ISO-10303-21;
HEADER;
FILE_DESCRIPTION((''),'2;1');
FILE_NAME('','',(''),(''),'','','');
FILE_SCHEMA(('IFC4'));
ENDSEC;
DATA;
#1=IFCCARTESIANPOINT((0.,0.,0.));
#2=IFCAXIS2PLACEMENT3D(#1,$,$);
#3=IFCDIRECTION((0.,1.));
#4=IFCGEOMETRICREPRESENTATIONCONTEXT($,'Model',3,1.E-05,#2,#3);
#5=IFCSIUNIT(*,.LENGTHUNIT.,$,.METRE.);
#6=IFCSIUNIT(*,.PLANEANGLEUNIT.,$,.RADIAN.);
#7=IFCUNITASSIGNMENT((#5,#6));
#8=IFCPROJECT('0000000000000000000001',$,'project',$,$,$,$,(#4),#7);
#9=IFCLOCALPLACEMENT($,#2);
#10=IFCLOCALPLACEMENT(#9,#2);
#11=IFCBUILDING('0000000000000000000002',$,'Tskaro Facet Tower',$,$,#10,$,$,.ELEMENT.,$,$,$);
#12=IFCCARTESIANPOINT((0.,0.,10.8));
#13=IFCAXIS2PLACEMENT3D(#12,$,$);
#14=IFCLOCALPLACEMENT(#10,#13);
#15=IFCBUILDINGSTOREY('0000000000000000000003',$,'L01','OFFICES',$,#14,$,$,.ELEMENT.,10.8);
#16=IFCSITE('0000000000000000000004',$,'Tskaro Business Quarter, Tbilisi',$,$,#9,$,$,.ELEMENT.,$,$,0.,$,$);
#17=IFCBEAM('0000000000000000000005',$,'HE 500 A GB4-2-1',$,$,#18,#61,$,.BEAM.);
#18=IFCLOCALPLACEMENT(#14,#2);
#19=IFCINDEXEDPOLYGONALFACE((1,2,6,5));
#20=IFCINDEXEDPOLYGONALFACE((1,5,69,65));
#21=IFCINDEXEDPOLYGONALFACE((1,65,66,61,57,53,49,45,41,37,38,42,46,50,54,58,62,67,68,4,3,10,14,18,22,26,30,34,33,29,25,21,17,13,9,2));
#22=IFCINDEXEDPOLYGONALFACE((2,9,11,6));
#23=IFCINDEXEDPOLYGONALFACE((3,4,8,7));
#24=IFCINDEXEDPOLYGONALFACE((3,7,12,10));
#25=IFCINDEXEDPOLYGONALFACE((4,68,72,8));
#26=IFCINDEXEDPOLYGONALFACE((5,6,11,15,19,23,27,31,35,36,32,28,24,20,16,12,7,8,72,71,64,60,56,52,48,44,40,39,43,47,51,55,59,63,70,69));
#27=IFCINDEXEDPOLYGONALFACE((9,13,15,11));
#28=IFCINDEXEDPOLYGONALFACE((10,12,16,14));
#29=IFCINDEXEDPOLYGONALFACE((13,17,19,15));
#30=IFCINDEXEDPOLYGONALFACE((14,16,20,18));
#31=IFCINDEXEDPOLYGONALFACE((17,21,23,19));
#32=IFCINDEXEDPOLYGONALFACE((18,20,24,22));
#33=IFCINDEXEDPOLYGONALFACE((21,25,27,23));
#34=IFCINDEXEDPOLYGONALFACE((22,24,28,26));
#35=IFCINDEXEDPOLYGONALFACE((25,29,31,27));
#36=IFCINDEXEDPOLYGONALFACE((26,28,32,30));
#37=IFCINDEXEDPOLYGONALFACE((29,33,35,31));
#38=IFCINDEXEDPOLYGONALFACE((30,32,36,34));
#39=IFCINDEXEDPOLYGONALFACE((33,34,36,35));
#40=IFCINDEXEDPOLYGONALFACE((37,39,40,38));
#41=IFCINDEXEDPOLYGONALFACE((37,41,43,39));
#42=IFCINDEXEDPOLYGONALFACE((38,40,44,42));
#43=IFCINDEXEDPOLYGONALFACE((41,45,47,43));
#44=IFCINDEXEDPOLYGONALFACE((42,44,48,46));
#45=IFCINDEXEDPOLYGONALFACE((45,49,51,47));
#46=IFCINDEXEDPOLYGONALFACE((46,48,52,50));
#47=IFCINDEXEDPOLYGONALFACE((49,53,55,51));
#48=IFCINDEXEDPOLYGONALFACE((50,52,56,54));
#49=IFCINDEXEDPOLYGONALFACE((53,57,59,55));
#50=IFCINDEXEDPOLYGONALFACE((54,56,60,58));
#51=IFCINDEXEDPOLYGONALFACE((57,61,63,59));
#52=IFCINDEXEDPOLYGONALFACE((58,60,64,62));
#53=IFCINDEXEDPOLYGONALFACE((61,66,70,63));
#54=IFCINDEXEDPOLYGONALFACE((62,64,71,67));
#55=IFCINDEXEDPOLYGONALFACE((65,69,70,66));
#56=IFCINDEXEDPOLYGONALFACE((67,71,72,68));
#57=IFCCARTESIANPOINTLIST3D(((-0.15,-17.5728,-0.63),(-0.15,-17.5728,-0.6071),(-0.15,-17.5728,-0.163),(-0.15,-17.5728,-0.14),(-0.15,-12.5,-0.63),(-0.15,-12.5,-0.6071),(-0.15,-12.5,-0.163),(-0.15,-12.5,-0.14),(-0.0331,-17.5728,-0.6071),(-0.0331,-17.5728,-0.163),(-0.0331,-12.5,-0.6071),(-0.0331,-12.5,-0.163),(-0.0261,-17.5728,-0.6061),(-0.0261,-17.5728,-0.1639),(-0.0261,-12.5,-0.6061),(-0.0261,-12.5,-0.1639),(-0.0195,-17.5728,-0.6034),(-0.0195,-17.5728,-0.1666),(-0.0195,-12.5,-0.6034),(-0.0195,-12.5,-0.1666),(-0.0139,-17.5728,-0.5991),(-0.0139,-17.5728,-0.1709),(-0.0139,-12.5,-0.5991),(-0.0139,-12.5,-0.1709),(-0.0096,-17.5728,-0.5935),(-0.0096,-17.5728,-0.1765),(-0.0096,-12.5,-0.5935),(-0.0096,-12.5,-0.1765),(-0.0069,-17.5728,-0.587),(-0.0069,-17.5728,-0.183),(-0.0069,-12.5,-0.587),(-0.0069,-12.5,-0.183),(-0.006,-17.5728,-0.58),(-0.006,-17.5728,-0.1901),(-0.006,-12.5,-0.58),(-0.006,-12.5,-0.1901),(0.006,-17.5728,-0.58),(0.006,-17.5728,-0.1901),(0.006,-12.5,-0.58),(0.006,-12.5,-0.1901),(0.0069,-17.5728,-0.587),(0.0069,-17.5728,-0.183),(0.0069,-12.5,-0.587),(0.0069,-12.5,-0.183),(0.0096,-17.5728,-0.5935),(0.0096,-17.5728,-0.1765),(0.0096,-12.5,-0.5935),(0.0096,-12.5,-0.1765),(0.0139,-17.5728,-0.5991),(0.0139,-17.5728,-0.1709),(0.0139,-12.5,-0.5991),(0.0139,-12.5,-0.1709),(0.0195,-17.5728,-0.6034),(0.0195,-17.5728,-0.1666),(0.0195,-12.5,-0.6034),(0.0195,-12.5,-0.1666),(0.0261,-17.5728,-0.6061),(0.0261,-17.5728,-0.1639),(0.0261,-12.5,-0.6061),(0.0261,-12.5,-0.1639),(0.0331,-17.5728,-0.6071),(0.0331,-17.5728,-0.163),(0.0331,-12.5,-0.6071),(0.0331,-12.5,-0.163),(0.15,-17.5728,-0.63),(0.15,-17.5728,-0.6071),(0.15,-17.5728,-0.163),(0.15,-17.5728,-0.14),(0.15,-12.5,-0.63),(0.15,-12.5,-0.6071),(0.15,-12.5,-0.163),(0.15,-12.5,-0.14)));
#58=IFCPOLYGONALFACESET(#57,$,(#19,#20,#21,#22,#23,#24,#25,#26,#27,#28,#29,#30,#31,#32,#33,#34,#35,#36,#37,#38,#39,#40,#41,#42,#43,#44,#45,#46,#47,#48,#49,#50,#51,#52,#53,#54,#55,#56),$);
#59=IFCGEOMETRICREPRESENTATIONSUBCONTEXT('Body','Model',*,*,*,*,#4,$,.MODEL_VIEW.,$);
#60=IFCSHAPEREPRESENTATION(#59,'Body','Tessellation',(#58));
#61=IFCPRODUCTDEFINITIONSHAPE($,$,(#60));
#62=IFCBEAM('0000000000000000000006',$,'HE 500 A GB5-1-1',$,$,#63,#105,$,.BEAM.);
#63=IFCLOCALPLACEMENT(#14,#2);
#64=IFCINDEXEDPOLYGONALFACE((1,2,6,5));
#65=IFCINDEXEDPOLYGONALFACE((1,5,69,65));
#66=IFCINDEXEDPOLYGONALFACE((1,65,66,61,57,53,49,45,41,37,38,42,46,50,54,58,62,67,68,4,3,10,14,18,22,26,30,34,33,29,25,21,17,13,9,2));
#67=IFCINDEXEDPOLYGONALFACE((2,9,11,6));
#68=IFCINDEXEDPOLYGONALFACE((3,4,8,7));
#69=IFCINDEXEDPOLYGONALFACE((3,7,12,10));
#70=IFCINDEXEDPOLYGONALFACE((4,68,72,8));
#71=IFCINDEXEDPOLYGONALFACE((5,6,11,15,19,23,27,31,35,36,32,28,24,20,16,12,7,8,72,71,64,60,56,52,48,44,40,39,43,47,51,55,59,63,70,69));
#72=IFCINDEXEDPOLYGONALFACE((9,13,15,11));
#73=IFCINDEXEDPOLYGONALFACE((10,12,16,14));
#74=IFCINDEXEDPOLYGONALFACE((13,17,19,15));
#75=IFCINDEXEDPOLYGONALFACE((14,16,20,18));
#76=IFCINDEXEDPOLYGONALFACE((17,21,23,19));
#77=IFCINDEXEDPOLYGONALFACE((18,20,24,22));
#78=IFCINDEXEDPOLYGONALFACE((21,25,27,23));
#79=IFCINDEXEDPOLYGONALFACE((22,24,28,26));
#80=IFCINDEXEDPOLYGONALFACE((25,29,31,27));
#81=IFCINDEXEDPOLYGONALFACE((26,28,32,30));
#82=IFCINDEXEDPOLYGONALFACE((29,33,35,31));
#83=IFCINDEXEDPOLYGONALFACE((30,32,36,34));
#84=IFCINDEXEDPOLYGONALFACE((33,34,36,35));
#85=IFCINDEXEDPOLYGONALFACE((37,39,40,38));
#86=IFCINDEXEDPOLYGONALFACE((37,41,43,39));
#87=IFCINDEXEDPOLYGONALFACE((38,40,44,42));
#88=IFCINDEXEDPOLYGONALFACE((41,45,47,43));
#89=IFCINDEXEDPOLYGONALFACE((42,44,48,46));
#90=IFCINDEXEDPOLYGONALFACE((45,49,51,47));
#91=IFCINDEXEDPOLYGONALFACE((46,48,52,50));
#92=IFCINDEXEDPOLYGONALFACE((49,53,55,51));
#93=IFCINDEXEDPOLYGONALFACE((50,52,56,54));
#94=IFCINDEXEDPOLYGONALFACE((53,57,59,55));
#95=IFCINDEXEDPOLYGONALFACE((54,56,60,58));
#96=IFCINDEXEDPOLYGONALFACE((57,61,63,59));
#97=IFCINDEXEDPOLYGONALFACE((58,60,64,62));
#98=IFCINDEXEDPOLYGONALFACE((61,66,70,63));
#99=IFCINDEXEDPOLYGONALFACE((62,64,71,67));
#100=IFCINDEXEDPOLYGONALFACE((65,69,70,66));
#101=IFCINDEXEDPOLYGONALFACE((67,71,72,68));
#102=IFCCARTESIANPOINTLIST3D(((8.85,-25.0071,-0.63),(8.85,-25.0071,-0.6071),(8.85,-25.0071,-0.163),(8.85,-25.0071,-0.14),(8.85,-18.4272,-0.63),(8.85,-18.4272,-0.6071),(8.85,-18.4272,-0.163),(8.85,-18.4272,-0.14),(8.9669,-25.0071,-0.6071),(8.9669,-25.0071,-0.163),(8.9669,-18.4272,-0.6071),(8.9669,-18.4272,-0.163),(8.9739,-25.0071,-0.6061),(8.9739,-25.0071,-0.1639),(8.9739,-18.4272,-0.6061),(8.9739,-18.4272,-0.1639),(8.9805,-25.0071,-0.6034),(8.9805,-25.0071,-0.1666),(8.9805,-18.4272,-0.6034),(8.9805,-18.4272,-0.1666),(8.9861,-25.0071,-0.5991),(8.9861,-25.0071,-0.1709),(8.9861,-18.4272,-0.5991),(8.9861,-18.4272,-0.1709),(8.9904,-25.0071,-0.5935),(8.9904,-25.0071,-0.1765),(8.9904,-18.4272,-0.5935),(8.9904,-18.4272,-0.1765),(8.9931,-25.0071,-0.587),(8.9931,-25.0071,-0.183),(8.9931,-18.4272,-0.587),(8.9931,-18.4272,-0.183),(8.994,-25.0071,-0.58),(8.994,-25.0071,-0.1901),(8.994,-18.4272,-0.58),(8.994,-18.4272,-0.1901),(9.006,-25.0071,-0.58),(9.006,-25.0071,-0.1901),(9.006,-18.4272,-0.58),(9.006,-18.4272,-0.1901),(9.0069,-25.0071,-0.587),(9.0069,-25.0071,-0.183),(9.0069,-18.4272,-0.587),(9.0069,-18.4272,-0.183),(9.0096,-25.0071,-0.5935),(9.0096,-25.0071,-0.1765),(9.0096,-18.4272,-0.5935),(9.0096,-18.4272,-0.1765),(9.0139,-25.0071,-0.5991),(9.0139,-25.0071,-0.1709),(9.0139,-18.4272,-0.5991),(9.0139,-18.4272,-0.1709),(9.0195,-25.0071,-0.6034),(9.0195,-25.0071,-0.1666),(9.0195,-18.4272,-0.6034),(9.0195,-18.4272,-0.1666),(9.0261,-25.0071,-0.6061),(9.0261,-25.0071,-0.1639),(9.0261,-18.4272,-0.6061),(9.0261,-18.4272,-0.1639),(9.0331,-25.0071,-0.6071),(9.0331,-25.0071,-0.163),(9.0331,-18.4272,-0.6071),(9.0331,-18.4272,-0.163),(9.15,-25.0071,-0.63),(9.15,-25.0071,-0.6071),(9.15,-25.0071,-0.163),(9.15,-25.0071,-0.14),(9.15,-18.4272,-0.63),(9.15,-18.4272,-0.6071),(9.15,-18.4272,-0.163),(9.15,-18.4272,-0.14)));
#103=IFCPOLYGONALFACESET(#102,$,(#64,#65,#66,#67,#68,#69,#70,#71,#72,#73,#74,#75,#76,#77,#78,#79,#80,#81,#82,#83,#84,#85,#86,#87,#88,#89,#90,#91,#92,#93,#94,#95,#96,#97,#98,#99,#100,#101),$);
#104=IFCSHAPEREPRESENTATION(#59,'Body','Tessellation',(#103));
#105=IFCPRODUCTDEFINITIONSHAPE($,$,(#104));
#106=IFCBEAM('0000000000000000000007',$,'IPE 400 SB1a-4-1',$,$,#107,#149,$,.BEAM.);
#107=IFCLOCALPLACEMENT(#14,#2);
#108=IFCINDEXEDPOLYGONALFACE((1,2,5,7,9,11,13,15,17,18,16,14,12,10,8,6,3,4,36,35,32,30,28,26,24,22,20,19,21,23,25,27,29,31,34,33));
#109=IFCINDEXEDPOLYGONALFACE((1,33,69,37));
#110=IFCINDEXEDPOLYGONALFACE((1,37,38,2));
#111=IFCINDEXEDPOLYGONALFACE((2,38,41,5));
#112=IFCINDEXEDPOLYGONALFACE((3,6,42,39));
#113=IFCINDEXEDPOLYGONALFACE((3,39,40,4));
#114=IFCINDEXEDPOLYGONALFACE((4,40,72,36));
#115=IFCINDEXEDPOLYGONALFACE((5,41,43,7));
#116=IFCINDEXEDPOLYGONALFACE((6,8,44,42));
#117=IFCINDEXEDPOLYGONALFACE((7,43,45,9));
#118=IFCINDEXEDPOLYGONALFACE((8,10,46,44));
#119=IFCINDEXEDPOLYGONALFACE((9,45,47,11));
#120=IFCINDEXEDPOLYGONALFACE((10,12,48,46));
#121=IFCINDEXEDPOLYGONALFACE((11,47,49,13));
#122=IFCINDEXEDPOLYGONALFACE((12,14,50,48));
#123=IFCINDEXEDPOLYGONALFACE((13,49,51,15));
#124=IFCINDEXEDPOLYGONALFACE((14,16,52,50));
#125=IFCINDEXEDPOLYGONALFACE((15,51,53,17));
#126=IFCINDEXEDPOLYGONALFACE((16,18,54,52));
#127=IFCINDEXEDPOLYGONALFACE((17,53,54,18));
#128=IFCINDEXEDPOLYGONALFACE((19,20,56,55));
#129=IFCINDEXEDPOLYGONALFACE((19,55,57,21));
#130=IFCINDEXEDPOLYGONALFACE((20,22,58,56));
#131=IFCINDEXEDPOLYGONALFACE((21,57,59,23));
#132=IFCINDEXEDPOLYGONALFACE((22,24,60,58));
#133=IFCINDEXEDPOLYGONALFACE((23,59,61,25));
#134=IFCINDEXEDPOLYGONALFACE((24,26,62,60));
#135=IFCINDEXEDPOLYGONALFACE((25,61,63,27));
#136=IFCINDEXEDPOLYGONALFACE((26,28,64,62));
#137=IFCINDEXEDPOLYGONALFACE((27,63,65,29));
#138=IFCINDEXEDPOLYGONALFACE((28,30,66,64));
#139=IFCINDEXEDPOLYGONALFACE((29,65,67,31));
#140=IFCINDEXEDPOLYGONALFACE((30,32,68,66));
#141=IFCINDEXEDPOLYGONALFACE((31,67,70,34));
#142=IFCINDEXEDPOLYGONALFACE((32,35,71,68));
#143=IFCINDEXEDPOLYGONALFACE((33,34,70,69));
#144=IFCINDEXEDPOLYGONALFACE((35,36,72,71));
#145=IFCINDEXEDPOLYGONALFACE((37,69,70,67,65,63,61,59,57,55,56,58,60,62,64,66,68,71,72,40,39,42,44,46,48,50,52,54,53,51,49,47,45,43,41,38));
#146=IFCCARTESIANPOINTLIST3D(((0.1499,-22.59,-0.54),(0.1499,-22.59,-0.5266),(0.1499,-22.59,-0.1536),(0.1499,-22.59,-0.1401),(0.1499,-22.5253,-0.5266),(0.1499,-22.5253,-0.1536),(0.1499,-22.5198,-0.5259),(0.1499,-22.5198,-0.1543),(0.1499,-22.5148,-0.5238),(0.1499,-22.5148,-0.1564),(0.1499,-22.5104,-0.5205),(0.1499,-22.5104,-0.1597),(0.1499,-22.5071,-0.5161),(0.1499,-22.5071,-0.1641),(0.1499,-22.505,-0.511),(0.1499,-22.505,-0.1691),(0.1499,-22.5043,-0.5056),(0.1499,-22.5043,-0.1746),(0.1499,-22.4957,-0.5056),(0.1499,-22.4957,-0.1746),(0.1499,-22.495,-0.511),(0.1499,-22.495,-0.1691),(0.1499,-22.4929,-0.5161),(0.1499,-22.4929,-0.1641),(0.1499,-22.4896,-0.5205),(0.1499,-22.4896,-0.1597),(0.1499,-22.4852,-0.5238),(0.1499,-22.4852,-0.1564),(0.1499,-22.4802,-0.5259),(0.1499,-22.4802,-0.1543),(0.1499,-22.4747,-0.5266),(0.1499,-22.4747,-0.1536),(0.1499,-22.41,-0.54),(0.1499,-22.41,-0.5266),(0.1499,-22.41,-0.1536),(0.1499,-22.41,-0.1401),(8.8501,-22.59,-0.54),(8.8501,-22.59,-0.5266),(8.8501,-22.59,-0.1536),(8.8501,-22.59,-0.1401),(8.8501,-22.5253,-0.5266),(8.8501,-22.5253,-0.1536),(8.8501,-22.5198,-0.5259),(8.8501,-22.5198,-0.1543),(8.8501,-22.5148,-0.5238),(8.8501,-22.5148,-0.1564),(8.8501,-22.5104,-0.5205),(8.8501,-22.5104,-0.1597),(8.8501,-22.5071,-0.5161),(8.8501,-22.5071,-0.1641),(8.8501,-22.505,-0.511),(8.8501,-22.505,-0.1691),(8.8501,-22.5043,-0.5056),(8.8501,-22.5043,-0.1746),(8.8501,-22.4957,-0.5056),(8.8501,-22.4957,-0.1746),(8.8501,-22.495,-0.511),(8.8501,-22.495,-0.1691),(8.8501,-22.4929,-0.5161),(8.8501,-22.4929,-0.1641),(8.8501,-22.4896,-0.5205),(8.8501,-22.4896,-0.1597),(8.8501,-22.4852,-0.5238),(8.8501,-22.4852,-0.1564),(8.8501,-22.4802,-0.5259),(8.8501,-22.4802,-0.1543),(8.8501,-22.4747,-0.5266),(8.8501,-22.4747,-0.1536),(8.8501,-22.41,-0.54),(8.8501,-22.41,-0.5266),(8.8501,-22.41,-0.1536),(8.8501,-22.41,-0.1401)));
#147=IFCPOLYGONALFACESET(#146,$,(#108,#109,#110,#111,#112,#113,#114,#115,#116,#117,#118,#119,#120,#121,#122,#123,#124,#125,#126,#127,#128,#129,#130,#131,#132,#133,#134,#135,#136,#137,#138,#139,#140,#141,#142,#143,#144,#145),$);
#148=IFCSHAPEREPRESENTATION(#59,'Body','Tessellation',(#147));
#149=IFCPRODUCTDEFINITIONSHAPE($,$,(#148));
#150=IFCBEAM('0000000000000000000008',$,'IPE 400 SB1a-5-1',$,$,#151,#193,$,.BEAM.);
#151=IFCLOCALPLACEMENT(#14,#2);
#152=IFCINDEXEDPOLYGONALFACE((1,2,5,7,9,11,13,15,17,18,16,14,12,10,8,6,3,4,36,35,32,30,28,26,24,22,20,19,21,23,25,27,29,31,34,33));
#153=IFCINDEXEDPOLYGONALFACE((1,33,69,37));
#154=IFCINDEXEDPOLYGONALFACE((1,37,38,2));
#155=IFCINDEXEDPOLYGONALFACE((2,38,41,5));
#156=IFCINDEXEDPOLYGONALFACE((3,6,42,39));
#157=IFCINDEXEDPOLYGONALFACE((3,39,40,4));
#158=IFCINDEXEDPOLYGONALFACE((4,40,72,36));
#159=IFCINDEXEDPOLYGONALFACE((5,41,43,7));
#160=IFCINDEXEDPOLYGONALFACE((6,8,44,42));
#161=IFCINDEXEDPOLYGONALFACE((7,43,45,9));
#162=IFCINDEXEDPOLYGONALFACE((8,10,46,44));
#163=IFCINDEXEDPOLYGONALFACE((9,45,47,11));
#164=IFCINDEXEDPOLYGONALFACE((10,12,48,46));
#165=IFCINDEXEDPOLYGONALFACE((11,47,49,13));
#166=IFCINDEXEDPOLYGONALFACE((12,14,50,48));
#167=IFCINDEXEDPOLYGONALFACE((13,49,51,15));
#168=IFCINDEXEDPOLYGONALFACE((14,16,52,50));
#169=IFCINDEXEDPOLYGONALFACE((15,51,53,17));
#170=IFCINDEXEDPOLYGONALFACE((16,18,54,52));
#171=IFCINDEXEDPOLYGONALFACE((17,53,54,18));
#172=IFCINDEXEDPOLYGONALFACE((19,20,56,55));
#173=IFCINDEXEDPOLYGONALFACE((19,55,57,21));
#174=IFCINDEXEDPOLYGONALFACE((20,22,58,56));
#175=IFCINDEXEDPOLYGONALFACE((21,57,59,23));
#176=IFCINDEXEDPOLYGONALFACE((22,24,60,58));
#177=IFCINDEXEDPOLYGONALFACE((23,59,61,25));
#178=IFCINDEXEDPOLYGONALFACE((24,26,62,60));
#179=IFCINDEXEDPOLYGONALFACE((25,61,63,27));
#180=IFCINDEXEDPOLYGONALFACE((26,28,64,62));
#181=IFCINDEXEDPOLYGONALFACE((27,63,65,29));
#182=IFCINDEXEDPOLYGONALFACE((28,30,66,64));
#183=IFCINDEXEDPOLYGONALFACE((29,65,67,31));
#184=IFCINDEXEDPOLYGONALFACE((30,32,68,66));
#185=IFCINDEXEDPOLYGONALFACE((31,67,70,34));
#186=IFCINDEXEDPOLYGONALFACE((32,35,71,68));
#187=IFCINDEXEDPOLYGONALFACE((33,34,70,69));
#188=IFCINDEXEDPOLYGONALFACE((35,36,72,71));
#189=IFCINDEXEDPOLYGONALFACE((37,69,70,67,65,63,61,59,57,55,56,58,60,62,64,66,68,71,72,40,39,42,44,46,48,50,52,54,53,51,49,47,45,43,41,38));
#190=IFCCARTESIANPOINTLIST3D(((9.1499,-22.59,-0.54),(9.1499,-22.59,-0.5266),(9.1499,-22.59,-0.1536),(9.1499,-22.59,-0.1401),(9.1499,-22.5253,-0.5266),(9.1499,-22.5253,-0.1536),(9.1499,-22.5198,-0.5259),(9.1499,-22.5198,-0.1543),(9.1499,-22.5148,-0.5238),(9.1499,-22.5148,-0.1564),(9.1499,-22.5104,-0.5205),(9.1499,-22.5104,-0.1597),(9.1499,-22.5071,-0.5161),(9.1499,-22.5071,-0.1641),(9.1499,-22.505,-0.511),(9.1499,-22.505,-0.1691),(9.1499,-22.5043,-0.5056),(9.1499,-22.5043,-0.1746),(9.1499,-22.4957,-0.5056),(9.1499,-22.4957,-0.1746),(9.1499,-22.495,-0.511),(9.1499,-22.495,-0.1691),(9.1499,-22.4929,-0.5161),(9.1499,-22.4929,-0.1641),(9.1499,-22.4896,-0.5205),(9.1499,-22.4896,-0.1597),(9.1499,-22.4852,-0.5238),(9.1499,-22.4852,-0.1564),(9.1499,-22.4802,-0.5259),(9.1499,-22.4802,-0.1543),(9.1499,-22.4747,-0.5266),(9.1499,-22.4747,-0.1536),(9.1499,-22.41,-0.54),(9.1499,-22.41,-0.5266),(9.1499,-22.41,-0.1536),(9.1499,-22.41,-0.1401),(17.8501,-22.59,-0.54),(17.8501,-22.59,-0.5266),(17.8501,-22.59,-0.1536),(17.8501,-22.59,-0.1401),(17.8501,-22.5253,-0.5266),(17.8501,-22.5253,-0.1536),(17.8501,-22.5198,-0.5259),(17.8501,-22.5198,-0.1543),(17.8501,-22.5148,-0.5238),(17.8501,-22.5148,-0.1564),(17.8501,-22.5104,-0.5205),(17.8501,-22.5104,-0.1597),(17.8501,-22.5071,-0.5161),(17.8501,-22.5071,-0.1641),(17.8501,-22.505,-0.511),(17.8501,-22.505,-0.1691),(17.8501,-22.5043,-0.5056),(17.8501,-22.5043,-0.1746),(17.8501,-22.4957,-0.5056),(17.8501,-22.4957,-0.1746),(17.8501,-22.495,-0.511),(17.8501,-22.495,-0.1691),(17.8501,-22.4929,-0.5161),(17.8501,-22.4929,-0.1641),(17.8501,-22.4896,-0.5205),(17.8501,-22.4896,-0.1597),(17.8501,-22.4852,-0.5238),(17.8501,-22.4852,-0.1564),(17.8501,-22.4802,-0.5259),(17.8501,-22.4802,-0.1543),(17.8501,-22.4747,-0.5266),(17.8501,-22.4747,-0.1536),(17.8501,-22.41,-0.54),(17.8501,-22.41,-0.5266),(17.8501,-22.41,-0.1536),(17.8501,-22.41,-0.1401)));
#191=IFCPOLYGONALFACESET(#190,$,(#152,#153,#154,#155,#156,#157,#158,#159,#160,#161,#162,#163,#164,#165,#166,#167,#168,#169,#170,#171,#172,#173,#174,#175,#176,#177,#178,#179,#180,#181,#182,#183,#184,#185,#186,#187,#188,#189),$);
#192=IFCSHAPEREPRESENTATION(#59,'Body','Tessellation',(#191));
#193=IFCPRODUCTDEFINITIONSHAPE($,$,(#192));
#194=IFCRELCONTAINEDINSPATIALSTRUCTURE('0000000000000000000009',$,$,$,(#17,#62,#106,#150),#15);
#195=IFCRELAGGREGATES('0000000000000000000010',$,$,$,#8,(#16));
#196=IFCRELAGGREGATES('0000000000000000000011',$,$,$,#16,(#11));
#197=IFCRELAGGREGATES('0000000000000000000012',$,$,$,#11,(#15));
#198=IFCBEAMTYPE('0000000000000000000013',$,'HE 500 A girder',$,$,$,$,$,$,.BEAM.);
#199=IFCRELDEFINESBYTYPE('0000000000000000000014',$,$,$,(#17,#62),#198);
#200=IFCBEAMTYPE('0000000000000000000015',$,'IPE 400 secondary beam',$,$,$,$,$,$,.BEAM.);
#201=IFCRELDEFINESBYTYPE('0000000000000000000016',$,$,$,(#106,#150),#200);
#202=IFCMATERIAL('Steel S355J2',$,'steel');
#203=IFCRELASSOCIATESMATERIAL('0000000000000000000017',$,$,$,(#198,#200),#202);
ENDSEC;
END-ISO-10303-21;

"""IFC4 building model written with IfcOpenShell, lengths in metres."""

from ifc_helpers import new_model, si_unit, direction, frame, origin, origin_2d, place, context, subcontext, project, spatial, i_section, extrude, material, material_profile, profile_set, type_object, element, save


model = new_model("IFC4")

# Units and contexts
model_context = context("Model", 3, precision=1e-05, world=origin(), true_north=direction((0.0, 1.0)))
body_context = subcontext(model_context, "Body", "Model", "MODEL_VIEW")
ifc_project = project(units=[si_unit("LENGTHUNIT", "METRE"), si_unit("PLANEANGLEUNIT", "RADIAN")], contexts=[model_context])

# Site, building, storey
site_placement = place(None, origin())
site = spatial("IfcSite", under=ifc_project, at=site_placement, Name="Tskaro Business Quarter, Tbilisi", CompositionType="ELEMENT", RefElevation=0.0)
building_placement = place(site_placement, origin())
building = spatial("IfcBuilding", under=site, at=building_placement, Name="Tskaro Facet Tower", CompositionType="ELEMENT")
storey_placement = place(building_placement, frame((0.0, 0.0, 10.8)))
storey = spatial("IfcBuildingStorey", under=building, at=storey_placement, Name="L01", Description="OFFICES", CompositionType="ELEMENT", Elevation=10.8)

# Beams
ifc_material_1 = material(Name="Steel S355J2", Category="steel")
ifc_material_profile_1 = material_profile(ifc_material_1, i_section(OverallWidth=0.3, OverallDepth=0.49, WebThickness=0.012, FlangeThickness=0.0229, FilletRadius=0.0271, at=origin_2d()), Name="HE 500 A")
ifc_profile_set_1 = profile_set([ifc_material_profile_1], Name="Steel S355J2")
beam_type_1 = type_object("IfcBeamType", Name="HE 500 A girder", PredefinedType="BEAM", material=ifc_profile_set_1)
beam_1_placement = place(storey_placement, frame((0.0, -17.5728, -0.385), z_axis=(0.0, 1.0, 0.0), x_axis=(-1.0, 0.0, 0.0)))
element("IfcBeam", 1, at=beam_1_placement, inside=storey, type_object=beam_type_1, Name="HE 500 A GB4-2-1", PredefinedType="BEAM", context=body_context, shape_type="SweptSolid", body=[
    extrude(i_section(OverallWidth=0.3, OverallDepth=0.49, WebThickness=0.012, FlangeThickness=0.0229, FilletRadius=0.0271, at=origin_2d()), origin(), (0.0, 0.0, 1.0), 5.0728),
])
beam_2_placement = place(storey_placement, frame((9.0, -25.0071, -0.385), z_axis=(0.0, 1.0, 0.0), x_axis=(-1.0, 0.0, 0.0)))
element("IfcBeam", 2, at=beam_2_placement, inside=storey, type_object=beam_type_1, Name="HE 500 A GB5-1-1", PredefinedType="BEAM", context=body_context, shape_type="SweptSolid", body=[
    extrude(i_section(OverallWidth=0.3, OverallDepth=0.49, WebThickness=0.012, FlangeThickness=0.0229, FilletRadius=0.0271, at=origin_2d()), origin(), (0.0, 0.0, 1.0), 6.5798),
])
ifc_material_profile_2 = material_profile(ifc_material_1, i_section(OverallWidth=0.1799, OverallDepth=0.3999, WebThickness=0.0085, FlangeThickness=0.0134, FilletRadius=0.021, at=origin_2d()), Name="IPE 400")
ifc_profile_set_2 = profile_set([ifc_material_profile_2], Name="Steel S355J2")
beam_type_2 = type_object("IfcBeamType", Name="IPE 400 secondary beam", PredefinedType="BEAM", material=ifc_profile_set_2)
for number, where, z_axis, x_axis, name in (
    (3, (0.1499, -22.5, -0.3401), (1.0, 0.0, 0.0), (0.0, 1.0, 0.0), "IPE 400 SB1a-4-1"),
    (4, (9.1499, -22.5, -0.3401), (1.0, 0.0, 0.0), (0.0, 1.0, 0.0), "IPE 400 SB1a-5-1"),
):
    element("IfcBeam", number, at=place(storey_placement, frame(where, z_axis=z_axis, x_axis=x_axis)), inside=storey, type_object=beam_type_2, Name=name, PredefinedType="BEAM", context=body_context, shape_type="SweptSolid", body=[
        extrude(i_section(OverallWidth=0.1799, OverallDepth=0.3999, WebThickness=0.0085, FlangeThickness=0.0134, FilletRadius=0.021, at=origin_2d()), origin(), (0.0, 0.0, 1.0), 8.7002),
    ])

save(model, "model.ifc")
